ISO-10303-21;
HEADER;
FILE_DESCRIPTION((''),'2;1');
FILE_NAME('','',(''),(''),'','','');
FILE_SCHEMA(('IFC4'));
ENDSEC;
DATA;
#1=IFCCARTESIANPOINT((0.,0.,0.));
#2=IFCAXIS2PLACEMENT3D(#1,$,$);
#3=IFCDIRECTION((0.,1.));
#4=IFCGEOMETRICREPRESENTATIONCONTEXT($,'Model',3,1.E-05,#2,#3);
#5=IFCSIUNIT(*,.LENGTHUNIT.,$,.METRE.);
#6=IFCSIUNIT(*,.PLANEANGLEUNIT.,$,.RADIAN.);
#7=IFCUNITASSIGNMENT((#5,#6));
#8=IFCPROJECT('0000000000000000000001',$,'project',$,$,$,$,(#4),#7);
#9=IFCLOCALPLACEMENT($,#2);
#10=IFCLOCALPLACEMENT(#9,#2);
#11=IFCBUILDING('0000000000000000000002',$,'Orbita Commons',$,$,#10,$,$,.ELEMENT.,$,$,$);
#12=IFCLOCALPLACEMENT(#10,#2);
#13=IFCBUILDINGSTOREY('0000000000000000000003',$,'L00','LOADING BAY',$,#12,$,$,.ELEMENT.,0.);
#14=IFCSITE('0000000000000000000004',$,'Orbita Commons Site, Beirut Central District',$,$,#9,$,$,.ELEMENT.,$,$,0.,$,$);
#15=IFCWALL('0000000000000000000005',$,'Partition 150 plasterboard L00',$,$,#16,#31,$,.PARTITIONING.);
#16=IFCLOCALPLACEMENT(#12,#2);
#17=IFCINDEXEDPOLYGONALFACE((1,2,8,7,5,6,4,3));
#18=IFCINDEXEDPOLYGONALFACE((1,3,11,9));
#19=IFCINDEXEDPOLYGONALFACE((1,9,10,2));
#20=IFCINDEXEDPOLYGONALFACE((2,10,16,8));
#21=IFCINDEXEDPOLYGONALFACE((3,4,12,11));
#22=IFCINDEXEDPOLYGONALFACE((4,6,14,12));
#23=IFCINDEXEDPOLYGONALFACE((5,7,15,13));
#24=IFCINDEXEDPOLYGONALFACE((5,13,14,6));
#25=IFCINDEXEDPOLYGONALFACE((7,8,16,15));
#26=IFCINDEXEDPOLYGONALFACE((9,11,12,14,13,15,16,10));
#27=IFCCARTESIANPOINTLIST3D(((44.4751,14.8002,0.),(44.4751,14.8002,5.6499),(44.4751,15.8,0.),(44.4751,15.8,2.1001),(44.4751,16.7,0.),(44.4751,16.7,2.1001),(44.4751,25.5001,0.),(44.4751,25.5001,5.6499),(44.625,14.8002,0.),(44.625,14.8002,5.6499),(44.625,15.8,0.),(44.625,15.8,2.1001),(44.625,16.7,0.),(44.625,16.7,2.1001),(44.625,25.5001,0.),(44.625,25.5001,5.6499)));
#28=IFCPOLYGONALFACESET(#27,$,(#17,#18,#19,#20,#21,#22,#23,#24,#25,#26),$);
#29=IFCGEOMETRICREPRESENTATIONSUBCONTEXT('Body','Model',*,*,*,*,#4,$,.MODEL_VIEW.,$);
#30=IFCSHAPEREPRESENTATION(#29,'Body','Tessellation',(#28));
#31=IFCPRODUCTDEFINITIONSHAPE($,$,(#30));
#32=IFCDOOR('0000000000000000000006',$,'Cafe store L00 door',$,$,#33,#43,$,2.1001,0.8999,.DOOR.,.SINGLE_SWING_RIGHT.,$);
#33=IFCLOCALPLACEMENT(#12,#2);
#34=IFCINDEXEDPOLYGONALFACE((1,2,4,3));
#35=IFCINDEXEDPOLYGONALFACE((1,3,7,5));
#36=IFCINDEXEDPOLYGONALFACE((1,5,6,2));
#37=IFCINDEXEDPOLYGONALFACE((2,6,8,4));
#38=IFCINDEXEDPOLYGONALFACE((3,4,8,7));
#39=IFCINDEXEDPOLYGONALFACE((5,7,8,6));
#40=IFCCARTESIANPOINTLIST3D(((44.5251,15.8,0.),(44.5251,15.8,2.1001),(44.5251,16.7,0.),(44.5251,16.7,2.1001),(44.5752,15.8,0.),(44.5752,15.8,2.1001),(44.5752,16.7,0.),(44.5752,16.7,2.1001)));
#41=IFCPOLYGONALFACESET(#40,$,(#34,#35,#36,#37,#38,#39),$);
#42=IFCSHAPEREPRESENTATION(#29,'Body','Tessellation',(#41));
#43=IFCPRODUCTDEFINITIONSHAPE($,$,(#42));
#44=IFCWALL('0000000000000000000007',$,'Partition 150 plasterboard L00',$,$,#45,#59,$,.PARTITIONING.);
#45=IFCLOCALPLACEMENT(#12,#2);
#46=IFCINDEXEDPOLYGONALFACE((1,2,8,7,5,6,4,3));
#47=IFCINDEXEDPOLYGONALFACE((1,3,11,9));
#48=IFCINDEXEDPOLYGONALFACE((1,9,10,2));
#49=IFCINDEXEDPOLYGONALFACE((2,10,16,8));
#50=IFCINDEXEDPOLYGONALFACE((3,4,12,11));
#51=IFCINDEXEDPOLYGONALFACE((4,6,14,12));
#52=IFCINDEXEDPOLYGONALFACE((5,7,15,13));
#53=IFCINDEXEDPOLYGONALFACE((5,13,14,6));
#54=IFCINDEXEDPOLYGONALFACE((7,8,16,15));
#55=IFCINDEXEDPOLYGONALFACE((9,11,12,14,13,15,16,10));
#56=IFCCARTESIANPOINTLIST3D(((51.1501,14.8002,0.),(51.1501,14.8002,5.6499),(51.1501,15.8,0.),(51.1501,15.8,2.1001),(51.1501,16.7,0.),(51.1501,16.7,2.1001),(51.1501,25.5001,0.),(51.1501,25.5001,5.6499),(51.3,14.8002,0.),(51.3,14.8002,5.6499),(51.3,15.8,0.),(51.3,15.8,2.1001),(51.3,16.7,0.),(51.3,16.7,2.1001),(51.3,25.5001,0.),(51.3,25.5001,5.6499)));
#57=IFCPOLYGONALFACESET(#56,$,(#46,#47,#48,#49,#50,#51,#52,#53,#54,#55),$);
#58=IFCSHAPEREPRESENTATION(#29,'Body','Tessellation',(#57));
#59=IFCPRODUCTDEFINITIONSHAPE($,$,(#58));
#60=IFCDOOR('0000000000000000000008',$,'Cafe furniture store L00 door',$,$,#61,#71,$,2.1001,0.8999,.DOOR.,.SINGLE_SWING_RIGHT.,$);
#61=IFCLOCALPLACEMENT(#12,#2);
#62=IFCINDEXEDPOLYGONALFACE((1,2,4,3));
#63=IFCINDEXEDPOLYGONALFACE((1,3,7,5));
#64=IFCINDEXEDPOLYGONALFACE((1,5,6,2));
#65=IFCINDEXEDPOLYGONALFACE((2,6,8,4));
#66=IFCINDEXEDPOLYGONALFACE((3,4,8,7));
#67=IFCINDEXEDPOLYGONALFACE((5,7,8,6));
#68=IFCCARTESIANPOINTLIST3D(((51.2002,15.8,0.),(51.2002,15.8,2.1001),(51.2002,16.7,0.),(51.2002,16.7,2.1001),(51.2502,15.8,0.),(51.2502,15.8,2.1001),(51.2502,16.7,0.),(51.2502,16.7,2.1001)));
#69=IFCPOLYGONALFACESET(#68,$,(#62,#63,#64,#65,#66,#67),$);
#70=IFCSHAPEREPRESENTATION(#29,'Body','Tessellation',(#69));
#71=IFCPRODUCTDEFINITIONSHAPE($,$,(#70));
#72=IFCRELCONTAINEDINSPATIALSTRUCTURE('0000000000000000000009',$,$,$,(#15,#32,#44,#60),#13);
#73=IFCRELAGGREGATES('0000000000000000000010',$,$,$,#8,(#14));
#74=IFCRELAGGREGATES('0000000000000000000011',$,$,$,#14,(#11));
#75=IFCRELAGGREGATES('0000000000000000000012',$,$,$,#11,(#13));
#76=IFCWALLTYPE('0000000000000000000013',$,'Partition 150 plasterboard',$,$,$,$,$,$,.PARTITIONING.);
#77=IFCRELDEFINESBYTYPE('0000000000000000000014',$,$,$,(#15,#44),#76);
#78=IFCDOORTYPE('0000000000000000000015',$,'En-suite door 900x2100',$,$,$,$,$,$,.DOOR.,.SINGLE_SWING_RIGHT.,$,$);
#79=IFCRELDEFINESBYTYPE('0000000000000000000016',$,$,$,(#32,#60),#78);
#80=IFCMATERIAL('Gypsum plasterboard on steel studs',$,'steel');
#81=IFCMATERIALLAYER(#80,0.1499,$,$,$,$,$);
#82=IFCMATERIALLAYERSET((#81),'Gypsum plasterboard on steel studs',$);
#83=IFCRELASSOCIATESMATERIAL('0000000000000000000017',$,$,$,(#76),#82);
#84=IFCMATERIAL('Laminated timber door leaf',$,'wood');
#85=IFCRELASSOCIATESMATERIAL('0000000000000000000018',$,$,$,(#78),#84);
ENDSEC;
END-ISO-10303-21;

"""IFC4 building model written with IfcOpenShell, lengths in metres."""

from ifc_helpers import new_model, si_unit, direction, frame, frame_2d, origin, place, context, subcontext, project, spatial, rectangle, extrude, material, layer, layer_set, type_object, element, fill, save


model = new_model("IFC4")

# Units and contexts
model_context = context("Model", 3, precision=1e-05, world=origin(), true_north=direction((0.0, 1.0)))
body_context = subcontext(model_context, "Body", "Model", "MODEL_VIEW")
ifc_project = project(units=[si_unit("LENGTHUNIT", "METRE"), si_unit("PLANEANGLEUNIT", "RADIAN")], contexts=[model_context])

# Site, building, storey
site_placement = place(None, origin())
site = spatial("IfcSite", under=ifc_project, at=site_placement, Name="Orbita Commons Site, Beirut Central District", CompositionType="ELEMENT", RefElevation=0.0)
building_placement = place(site_placement, origin())
building = spatial("IfcBuilding", under=site, at=building_placement, Name="Orbita Commons", CompositionType="ELEMENT")
storey_placement = place(building_placement, origin())
storey = spatial("IfcBuildingStorey", under=building, at=storey_placement, Name="L00", Description="LOADING BAY", CompositionType="ELEMENT", Elevation=0.0)

# Walls, openings, doors
ifc_material_1 = material(Name="Gypsum plasterboard on steel studs", Category="steel")
ifc_layer_1 = layer(ifc_material_1, 0.1499)
ifc_layer_set_1 = layer_set([ifc_layer_1], Name="Gypsum plasterboard on steel studs")
wall_type_1 = type_object("IfcWallType", Name="Partition 150 plasterboard", PredefinedType="PARTITIONING", material=ifc_layer_set_1)
ifc_material_2 = material(Name="Laminated timber door leaf", Category="wood")
door_type_1 = type_object("IfcDoorType", Name="En-suite door 900x2100", OperationType="SINGLE_SWING_RIGHT", PredefinedType="DOOR", material=ifc_material_2)
wall_1_placement = place(storey_placement, frame((44.55, 14.8, 0.0), z_axis=(0.0, 0.0, 1.0), x_axis=(0.0, 1.0, 0.0)))
wall_1 = element("IfcWall", 1, at=wall_1_placement, inside=storey, type_object=wall_type_1, Name="Partition 150 plasterboard L00", PredefinedType="PARTITIONING", context=body_context, shape_type="SweptSolid", body=[
    extrude(rectangle(XDim=10.7, YDim=0.1499, at=frame_2d((5.3501, 0.0))), origin(), (0.0, 0.0, 1.0), 5.6499),
])
opening_1_placement = place(wall_1_placement, frame((1.0, 0.0, 0.0)))
opening_1 = element("IfcOpeningElement", 2, at=opening_1_placement, cuts=wall_1, PredefinedType="OPENING", context=body_context, shape_type="SweptSolid", body=[
    extrude(rectangle(XDim=0.8999, YDim=2.1001, at=frame_2d((0.45, 1.05))), frame((0.0, 0.085, 0.0), z_axis=(0.0, -1.0, 0.0), x_axis=(1.0, 0.0, 0.0)), (0.0, 0.0, 1.0), 0.1699),
])
door_1_placement = place(opening_1_placement, origin())
door_1 = element("IfcDoor", 3, at=door_1_placement, inside=storey, type_object=door_type_1, Name="Cafe store L00 door", OperationType="SINGLE_SWING_RIGHT", OverallHeight=2.1001, OverallWidth=0.8999, PredefinedType="DOOR", context=body_context, shape_type="SweptSolid", body=[
    extrude(rectangle(XDim=0.8999, YDim=2.1001, at=frame_2d((0.45, 1.05))), frame((0.0, 0.0249, 0.0), z_axis=(0.0, -1.0, 0.0), x_axis=(1.0, 0.0, 0.0)), (0.0, 0.0, 1.0), 0.05),
])
fill(opening_1, door_1)
wall_2_placement = place(storey_placement, frame((51.2251, 14.8, 0.0), z_axis=(0.0, 0.0, 1.0), x_axis=(0.0, 1.0, 0.0)))
wall_2 = element("IfcWall", 4, at=wall_2_placement, inside=storey, type_object=wall_type_1, Name="Partition 150 plasterboard L00", PredefinedType="PARTITIONING", context=body_context, shape_type="SweptSolid", body=[
    extrude(rectangle(XDim=10.7, YDim=0.1499, at=frame_2d((5.3501, 0.0))), origin(), (0.0, 0.0, 1.0), 5.6499),
])
opening_2_placement = place(wall_2_placement, frame((1.0, 0.0, 0.0)))
opening_2 = element("IfcOpeningElement", 5, at=opening_2_placement, cuts=wall_2, PredefinedType="OPENING", context=body_context, shape_type="SweptSolid", body=[
    extrude(rectangle(XDim=0.8999, YDim=2.1001, at=frame_2d((0.45, 1.05))), frame((0.0, 0.085, 0.0), z_axis=(0.0, -1.0, 0.0), x_axis=(1.0, 0.0, 0.0)), (0.0, 0.0, 1.0), 0.1699),
])
door_2_placement = place(opening_2_placement, origin())
door_2 = element("IfcDoor", 6, at=door_2_placement, inside=storey, type_object=door_type_1, Name="Cafe furniture store L00 door", OperationType="SINGLE_SWING_RIGHT", OverallHeight=2.1001, OverallWidth=0.8999, PredefinedType="DOOR", context=body_context, shape_type="SweptSolid", body=[
    extrude(rectangle(XDim=0.8999, YDim=2.1001, at=frame_2d((0.45, 1.05))), frame((0.0, 0.0249, 0.0), z_axis=(0.0, -1.0, 0.0), x_axis=(1.0, 0.0, 0.0)), (0.0, 0.0, 1.0), 0.05),
])
fill(opening_2, door_2)

save(model, "model.ifc")
